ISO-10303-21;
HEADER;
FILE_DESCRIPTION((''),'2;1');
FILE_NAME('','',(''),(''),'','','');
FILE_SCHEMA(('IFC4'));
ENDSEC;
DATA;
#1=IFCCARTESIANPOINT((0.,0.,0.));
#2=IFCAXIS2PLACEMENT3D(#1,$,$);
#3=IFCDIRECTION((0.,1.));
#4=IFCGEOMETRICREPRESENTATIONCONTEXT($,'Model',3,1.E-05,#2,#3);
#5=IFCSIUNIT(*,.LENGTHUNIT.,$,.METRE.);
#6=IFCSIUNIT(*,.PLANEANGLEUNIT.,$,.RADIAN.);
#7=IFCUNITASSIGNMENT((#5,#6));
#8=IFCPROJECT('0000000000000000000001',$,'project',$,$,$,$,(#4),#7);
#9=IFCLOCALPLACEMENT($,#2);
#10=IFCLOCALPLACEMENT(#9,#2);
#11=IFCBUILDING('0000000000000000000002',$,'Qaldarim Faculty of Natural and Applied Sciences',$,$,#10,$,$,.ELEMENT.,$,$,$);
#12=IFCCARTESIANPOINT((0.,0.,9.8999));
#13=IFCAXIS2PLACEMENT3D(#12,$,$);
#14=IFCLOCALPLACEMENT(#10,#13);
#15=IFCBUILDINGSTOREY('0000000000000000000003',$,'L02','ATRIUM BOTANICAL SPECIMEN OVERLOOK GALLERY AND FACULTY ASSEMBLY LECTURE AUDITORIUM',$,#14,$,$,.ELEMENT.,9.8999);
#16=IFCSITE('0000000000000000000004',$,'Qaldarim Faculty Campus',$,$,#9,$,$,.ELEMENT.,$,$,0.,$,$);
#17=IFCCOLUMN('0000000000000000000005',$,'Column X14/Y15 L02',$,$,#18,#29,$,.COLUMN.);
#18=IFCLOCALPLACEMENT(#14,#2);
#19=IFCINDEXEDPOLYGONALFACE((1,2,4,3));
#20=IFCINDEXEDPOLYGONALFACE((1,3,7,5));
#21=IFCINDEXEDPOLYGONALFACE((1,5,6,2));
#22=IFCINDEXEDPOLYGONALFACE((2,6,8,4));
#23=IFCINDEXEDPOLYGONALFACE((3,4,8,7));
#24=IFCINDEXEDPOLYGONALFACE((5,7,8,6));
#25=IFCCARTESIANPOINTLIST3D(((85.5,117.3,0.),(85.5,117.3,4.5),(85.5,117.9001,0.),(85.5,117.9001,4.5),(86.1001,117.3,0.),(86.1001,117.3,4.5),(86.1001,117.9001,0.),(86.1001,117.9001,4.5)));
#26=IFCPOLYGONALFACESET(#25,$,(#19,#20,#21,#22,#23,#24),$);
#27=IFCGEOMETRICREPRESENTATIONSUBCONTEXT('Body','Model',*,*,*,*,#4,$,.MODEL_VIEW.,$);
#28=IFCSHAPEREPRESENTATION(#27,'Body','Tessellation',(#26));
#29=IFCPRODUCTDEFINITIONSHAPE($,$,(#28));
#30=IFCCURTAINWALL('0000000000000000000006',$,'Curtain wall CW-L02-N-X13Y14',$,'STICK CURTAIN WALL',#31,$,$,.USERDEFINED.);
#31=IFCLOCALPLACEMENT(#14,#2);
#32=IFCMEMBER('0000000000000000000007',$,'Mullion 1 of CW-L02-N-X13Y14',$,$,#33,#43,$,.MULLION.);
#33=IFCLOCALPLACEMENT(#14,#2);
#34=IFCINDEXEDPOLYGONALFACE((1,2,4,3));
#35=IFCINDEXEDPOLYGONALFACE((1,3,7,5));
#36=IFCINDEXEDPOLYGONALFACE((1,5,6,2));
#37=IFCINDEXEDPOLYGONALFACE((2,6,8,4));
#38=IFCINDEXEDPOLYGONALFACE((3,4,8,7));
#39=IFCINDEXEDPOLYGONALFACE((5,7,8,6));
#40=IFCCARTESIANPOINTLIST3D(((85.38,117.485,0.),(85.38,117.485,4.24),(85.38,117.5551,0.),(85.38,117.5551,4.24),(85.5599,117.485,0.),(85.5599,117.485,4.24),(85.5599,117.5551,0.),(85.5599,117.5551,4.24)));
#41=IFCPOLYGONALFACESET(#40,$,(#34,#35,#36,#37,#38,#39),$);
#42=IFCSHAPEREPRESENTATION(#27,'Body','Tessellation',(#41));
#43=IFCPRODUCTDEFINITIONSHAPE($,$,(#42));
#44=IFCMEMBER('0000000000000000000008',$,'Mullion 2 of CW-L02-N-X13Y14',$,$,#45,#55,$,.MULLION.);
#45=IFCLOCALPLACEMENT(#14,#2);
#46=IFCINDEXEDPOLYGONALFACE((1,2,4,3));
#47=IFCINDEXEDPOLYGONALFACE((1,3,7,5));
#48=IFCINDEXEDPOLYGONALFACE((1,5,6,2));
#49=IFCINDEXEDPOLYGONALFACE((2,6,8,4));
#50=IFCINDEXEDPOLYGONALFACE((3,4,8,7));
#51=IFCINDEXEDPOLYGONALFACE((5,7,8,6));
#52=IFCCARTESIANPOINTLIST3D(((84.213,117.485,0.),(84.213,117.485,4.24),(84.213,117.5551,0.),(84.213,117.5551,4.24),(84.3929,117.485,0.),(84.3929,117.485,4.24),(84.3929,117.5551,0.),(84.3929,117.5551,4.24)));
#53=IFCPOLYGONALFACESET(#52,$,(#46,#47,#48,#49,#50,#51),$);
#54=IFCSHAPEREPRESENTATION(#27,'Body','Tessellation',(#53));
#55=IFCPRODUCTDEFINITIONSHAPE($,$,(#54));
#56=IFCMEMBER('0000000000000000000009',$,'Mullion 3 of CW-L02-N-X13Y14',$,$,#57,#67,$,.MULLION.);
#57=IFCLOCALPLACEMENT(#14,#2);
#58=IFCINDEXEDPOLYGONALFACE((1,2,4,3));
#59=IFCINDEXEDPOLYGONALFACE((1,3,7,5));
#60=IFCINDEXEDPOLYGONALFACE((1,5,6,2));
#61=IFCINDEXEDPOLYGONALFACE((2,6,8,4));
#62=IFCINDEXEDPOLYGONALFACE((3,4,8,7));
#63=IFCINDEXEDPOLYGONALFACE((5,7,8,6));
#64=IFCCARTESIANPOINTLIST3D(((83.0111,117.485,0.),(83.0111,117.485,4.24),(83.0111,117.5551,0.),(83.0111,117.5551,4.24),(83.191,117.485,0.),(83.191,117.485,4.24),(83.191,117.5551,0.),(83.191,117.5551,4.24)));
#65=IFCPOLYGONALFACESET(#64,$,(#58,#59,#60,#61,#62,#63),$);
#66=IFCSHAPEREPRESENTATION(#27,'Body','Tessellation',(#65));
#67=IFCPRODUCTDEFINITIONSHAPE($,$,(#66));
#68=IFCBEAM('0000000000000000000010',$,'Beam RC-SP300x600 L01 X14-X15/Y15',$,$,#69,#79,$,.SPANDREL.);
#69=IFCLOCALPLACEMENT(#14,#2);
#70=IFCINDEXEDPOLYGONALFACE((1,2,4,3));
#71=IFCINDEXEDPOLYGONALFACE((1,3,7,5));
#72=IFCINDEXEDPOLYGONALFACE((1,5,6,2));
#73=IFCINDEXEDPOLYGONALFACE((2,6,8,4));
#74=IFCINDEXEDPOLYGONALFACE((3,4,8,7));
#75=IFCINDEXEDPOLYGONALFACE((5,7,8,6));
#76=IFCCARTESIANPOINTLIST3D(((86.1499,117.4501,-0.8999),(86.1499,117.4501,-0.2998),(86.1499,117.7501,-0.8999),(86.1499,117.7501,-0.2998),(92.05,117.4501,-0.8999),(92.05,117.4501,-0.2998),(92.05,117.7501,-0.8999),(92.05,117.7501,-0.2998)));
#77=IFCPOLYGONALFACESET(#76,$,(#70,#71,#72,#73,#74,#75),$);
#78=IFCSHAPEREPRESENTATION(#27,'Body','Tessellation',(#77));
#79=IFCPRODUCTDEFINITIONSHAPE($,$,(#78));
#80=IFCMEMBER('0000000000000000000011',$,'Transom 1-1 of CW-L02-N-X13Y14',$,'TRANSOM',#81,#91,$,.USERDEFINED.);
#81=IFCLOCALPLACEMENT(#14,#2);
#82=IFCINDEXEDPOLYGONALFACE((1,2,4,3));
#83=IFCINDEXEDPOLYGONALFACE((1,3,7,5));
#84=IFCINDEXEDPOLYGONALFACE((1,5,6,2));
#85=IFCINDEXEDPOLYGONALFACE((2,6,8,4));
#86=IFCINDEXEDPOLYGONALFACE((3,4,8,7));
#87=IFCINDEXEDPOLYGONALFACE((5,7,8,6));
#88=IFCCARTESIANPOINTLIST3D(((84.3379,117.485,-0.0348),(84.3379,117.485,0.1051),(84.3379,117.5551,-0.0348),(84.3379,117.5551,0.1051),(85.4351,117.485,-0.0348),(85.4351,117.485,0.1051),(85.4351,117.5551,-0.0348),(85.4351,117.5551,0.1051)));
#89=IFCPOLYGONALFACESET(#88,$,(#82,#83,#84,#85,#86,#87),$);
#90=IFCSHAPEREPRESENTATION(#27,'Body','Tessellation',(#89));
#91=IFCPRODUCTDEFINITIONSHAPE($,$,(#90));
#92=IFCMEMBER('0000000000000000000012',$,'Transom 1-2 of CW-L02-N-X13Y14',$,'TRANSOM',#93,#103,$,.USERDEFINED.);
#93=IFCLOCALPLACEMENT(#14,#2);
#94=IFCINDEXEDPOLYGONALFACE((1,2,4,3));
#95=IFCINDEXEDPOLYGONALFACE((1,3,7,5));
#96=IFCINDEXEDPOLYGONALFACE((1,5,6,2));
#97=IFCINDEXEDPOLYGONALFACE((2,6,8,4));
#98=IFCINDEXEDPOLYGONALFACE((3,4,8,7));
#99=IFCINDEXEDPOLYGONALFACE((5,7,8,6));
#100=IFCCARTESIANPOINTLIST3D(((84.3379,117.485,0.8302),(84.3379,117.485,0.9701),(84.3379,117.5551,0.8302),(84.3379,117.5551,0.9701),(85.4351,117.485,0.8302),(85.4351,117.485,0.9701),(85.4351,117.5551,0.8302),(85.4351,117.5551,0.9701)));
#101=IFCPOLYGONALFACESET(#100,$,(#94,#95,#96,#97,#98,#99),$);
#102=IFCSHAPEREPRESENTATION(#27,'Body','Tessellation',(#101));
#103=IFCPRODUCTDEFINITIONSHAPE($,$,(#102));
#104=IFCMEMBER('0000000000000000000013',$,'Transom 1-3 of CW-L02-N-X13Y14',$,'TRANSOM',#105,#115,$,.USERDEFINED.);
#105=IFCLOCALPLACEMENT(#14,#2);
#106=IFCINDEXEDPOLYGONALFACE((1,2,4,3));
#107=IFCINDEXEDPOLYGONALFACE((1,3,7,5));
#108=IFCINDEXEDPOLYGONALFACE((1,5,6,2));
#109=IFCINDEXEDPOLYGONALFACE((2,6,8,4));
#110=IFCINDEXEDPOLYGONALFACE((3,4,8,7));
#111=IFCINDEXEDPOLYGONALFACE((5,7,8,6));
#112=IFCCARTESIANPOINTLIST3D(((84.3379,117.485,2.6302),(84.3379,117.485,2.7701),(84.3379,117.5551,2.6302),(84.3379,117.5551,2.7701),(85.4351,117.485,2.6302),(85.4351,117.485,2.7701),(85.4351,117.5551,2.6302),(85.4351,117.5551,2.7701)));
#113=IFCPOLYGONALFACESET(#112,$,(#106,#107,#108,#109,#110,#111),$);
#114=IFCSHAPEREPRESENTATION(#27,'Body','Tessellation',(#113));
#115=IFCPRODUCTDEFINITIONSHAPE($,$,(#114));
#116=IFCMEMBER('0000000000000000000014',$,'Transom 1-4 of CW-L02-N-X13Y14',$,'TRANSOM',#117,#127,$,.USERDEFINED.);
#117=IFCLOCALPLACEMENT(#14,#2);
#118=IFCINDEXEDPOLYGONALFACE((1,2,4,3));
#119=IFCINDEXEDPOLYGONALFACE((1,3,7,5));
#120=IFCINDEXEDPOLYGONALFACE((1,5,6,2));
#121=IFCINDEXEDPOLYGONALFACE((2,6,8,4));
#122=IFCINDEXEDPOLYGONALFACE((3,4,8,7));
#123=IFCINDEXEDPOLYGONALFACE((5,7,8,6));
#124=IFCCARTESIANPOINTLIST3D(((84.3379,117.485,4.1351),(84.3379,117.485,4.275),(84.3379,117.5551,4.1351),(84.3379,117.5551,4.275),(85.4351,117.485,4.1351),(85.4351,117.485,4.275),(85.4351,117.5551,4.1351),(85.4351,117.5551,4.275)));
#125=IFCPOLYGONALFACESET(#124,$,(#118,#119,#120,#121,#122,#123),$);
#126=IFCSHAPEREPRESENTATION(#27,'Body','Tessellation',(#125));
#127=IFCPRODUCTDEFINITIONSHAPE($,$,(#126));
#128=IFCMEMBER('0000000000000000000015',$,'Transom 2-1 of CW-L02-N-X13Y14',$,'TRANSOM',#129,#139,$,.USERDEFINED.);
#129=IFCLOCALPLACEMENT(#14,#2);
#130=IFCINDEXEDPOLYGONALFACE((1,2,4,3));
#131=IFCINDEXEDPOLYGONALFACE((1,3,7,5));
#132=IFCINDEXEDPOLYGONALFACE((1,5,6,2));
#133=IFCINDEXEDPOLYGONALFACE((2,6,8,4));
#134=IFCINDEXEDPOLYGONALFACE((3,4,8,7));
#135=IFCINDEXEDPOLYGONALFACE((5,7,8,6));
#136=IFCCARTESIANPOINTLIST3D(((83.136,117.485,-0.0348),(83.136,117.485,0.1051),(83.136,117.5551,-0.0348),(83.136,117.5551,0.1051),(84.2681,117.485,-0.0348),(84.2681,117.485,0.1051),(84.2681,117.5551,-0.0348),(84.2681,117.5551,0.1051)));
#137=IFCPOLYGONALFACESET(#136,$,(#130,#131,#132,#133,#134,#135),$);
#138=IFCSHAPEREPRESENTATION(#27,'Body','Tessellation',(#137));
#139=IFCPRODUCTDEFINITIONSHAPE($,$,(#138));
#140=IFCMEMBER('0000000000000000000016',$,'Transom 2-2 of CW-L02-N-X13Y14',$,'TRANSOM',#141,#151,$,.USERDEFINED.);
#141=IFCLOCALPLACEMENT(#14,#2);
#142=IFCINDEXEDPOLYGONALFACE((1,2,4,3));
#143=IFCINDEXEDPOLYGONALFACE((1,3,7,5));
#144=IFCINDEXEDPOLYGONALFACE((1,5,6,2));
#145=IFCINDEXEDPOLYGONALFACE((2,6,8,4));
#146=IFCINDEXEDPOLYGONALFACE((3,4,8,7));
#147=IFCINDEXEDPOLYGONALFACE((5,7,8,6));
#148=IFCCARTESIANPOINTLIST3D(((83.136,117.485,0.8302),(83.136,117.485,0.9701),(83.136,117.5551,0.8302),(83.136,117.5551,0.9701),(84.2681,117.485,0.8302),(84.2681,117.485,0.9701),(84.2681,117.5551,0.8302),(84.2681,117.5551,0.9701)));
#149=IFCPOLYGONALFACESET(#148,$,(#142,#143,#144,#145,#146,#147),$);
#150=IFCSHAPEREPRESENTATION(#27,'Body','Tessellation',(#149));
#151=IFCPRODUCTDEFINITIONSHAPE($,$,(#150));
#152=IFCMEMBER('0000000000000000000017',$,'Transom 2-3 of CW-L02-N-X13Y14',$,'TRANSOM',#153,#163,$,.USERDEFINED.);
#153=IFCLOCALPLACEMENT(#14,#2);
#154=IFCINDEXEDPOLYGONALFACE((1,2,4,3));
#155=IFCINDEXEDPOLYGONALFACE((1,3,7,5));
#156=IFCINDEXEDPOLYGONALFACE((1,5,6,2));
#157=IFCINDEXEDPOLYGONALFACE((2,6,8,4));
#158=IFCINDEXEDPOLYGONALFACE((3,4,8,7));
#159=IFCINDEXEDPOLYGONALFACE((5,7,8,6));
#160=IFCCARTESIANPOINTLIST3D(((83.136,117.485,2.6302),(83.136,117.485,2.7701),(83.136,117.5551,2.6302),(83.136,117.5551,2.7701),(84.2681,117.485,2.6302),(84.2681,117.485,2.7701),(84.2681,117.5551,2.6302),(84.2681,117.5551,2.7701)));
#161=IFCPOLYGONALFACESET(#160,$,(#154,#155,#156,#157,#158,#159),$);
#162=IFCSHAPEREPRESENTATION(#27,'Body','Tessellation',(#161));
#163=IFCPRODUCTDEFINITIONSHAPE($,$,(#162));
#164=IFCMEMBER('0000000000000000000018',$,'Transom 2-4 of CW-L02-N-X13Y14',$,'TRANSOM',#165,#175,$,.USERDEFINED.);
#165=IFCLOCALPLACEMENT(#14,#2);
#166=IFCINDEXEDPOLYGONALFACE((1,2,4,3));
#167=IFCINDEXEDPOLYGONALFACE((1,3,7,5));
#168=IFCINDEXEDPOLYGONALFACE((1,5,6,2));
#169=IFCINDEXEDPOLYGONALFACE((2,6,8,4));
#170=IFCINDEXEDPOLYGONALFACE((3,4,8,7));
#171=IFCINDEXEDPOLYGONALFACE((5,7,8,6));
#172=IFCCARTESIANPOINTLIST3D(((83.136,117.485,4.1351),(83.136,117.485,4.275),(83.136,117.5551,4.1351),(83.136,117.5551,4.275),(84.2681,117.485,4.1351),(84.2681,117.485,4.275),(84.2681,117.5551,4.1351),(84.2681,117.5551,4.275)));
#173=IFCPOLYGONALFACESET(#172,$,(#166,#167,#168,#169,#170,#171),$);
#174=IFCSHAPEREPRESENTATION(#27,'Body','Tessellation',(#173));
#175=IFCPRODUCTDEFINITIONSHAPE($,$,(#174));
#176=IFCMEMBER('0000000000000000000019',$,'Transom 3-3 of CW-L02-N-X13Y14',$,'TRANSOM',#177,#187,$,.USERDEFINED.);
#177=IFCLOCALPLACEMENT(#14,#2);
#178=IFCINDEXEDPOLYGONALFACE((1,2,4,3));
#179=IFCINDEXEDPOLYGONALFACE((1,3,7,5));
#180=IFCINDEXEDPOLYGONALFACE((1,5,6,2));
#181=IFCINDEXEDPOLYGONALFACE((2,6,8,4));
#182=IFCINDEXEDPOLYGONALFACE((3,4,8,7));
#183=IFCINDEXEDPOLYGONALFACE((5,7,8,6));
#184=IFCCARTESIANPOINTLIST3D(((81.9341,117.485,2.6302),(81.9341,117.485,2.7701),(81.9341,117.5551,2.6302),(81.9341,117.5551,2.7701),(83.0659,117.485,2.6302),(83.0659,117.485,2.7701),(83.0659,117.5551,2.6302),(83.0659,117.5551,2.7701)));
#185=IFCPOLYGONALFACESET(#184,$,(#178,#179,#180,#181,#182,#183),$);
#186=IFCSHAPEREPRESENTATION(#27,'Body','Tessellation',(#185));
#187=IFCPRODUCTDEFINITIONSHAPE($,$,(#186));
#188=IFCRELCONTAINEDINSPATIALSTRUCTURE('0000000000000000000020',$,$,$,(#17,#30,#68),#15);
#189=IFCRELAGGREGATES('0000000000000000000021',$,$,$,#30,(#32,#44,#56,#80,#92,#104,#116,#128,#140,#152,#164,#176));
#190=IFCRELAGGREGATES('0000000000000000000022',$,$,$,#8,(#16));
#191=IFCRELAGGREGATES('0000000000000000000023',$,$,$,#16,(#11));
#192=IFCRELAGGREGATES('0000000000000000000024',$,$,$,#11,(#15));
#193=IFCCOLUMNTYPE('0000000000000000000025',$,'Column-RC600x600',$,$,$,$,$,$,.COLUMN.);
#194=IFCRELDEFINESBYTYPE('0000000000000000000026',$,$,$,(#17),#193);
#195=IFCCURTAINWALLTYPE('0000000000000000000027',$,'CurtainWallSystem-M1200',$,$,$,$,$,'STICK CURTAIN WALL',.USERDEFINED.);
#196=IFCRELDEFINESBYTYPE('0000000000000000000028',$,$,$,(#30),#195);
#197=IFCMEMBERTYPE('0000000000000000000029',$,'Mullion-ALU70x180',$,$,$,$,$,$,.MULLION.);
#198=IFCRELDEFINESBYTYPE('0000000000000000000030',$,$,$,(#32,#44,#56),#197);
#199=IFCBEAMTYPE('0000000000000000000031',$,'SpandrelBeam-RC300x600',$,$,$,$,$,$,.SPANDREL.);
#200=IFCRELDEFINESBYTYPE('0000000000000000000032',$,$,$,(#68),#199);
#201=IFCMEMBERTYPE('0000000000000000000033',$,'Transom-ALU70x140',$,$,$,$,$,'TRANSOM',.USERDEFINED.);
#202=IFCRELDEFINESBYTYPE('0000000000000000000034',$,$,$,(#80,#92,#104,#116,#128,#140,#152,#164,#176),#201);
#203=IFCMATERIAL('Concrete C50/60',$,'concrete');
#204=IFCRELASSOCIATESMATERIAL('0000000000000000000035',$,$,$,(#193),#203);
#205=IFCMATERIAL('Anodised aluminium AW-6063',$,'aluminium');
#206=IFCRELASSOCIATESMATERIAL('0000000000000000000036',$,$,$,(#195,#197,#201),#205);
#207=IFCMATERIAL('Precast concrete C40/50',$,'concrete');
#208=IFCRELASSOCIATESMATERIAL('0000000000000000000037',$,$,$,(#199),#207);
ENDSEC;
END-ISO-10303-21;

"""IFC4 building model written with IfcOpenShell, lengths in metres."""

from ifc_helpers import new_model, si_unit, direction, frame, origin, origin_2d, place, context, subcontext, project, spatial, rectangle, extrude, material, material_profile, profile_set, type_object, element, aggregate, save


model = new_model("IFC4")

# Units and contexts
model_context = context("Model", 3, precision=1e-05, world=origin(), true_north=direction((0.0, 1.0)))
body_context = subcontext(model_context, "Body", "Model", "MODEL_VIEW")
ifc_project = project(units=[si_unit("LENGTHUNIT", "METRE"), si_unit("PLANEANGLEUNIT", "RADIAN")], contexts=[model_context])

# Site, building, storey
site_placement = place(None, origin())
site = spatial("IfcSite", under=ifc_project, at=site_placement, Name="Qaldarim Faculty Campus", CompositionType="ELEMENT", RefElevation=0.0)
building_placement = place(site_placement, origin())
building = spatial("IfcBuilding", under=site, at=building_placement, Name="Qaldarim Faculty of Natural and Applied Sciences", CompositionType="ELEMENT")
storey_placement = place(building_placement, frame((0.0, 0.0, 9.8999)))
storey = spatial("IfcBuildingStorey", under=building, at=storey_placement, Name="L02", Description="ATRIUM BOTANICAL SPECIMEN OVERLOOK GALLERY AND FACULTY ASSEMBLY LECTURE AUDITORIUM", CompositionType="ELEMENT", Elevation=9.8999)

# Column
ifc_material_1 = material(Name="Concrete C50/60", Category="concrete")
ifc_material_profile_1 = material_profile(ifc_material_1, rectangle(XDim=0.6001, YDim=0.6001, at=origin_2d()), Name="RC-C600x600")
ifc_profile_set_1 = profile_set([ifc_material_profile_1], Name="Concrete C50/60")
column_type = type_object("IfcColumnType", Name="Column-RC600x600", PredefinedType="COLUMN", material=ifc_profile_set_1)
column_placement = place(storey_placement, frame((85.8, 117.6001, 0.0), z_axis=(0.0, 0.0, 1.0), x_axis=(1.0, 0.0, 0.0)))
element("IfcColumn", 1, at=column_placement, inside=storey, type_object=column_type, Name="Column X14/Y15 L02", PredefinedType="COLUMN", context=body_context, shape_type="SweptSolid", body=[
    extrude(rectangle(XDim=0.6001, YDim=0.6001, at=origin_2d()), origin(), (0.0, 0.0, 1.0), 4.5),
])

# Curtain wall, members
ifc_material_2 = material(Name="Anodised aluminium AW-6063", Category="aluminium")
curtain_wall_type = type_object("IfcCurtainWallType", Name="CurtainWallSystem-M1200", ElementType="STICK CURTAIN WALL", PredefinedType="USERDEFINED", material=ifc_material_2)
curtain_wall_placement = place(storey_placement, origin())
curtain_wall = element("IfcCurtainWall", 2, at=curtain_wall_placement, inside=storey, type_object=curtain_wall_type, Name="Curtain wall CW-L02-N-X13Y14", ObjectType="STICK CURTAIN WALL", PredefinedType="USERDEFINED")
ifc_material_profile_2 = material_profile(ifc_material_2, rectangle(XDim=0.0701, YDim=0.1799, at=origin_2d()), Name="ALU-M70x180")
ifc_profile_set_2 = profile_set([ifc_material_profile_2], Name="Anodised aluminium AW-6063")
member_type_1 = type_object("IfcMemberType", Name="Mullion-ALU70x180", PredefinedType="MULLION", material=ifc_profile_set_2)
member_1_placement = place(storey_placement, frame((85.47, 117.52, 0.0), z_axis=(0.0, 0.0, 1.0), x_axis=(0.0, -1.0, 0.0)))
member_1 = element("IfcMember", 3, at=member_1_placement, type_object=member_type_1, Name="Mullion 1 of CW-L02-N-X13Y14", PredefinedType="MULLION", context=body_context, shape_type="SweptSolid", body=[
    extrude(rectangle(XDim=0.0701, YDim=0.1799, at=origin_2d()), origin(), (0.0, 0.0, 1.0), 4.24),
])
member_2_placement = place(storey_placement, frame((84.303, 117.52, 0.0), z_axis=(0.0, 0.0, 1.0), x_axis=(0.0, -1.0, 0.0)))
member_2 = element("IfcMember", 4, at=member_2_placement, type_object=member_type_1, Name="Mullion 2 of CW-L02-N-X13Y14", PredefinedType="MULLION", context=body_context, shape_type="SweptSolid", body=[
    extrude(rectangle(XDim=0.0701, YDim=0.1799, at=origin_2d()), origin(), (0.0, 0.0, 1.0), 4.24),
])
member_3_placement = place(storey_placement, frame((83.1011, 117.52, 0.0), z_axis=(0.0, 0.0, 1.0), x_axis=(0.0, -1.0, 0.0)))
member_3 = element("IfcMember", 5, at=member_3_placement, type_object=member_type_1, Name="Mullion 3 of CW-L02-N-X13Y14", PredefinedType="MULLION", context=body_context, shape_type="SweptSolid", body=[
    extrude(rectangle(XDim=0.0701, YDim=0.1799, at=origin_2d()), origin(), (0.0, 0.0, 1.0), 4.24),
])

# Beam
ifc_material_3 = material(Name="Precast concrete C40/50", Category="concrete")
ifc_material_profile_3 = material_profile(ifc_material_3, rectangle(XDim=0.3, YDim=0.6001, at=origin_2d()), Name="RC-SP300x600")
ifc_profile_set_3 = profile_set([ifc_material_profile_3], Name="Precast concrete C40/50")
beam_type = type_object("IfcBeamType", Name="SpandrelBeam-RC300x600", PredefinedType="SPANDREL", material=ifc_profile_set_3)
beam_placement = place(storey_placement, frame((86.1499, 117.6001, -0.5999), z_axis=(1.0, 0.0, 0.0), x_axis=(0.0, 1.0, 0.0)))
element("IfcBeam", 6, at=beam_placement, inside=storey, type_object=beam_type, Name="Beam RC-SP300x600 L01 X14-X15/Y15", PredefinedType="SPANDREL", context=body_context, shape_type="SweptSolid", body=[
    extrude(rectangle(XDim=0.3, YDim=0.6001, at=origin_2d()), origin(), (0.0, 0.0, 1.0), 5.9001),
])

# Members
ifc_material_profile_4 = material_profile(ifc_material_2, rectangle(XDim=0.0701, YDim=0.1399, at=origin_2d()), Name="ALU-T70x140")
ifc_profile_set_4 = profile_set([ifc_material_profile_4], Name="Anodised aluminium AW-6063")
member_type_2 = type_object("IfcMemberType", Name="Transom-ALU70x140", ElementType="TRANSOM", PredefinedType="USERDEFINED", material=ifc_profile_set_4)
member_4_placement = place(storey_placement, frame((85.4351, 117.52, 0.0352), z_axis=(-1.0, 0.0, 0.0), x_axis=(0.0, -1.0, 0.0)))
member_4 = element("IfcMember", 7, at=member_4_placement, type_object=member_type_2, Name="Transom 1-1 of CW-L02-N-X13Y14", ObjectType="TRANSOM", PredefinedType="USERDEFINED", context=body_context, shape_type="SweptSolid", body=[
    extrude(rectangle(XDim=0.0701, YDim=0.1399, at=origin_2d()), origin(), (0.0, 0.0, 1.0), 1.0972),
])
member_5_placement = place(storey_placement, frame((85.4351, 117.52, 0.9001), z_axis=(-1.0, 0.0, 0.0), x_axis=(0.0, -1.0, 0.0)))
member_5 = element("IfcMember", 8, at=member_5_placement, type_object=member_type_2, Name="Transom 1-2 of CW-L02-N-X13Y14", ObjectType="TRANSOM", PredefinedType="USERDEFINED", context=body_context, shape_type="SweptSolid", body=[
    extrude(rectangle(XDim=0.0701, YDim=0.1399, at=origin_2d()), origin(), (0.0, 0.0, 1.0), 1.0972),
])
member_6_placement = place(storey_placement, frame((85.4351, 117.52, 2.7002), z_axis=(-1.0, 0.0, 0.0), x_axis=(0.0, -1.0, 0.0)))
member_6 = element("IfcMember", 9, at=member_6_placement, type_object=member_type_2, Name="Transom 1-3 of CW-L02-N-X13Y14", ObjectType="TRANSOM", PredefinedType="USERDEFINED", context=body_context, shape_type="SweptSolid", body=[
    extrude(rectangle(XDim=0.0701, YDim=0.1399, at=origin_2d()), origin(), (0.0, 0.0, 1.0), 1.0972),
])
member_7_placement = place(storey_placement, frame((85.4351, 117.52, 4.2051), z_axis=(-1.0, 0.0, 0.0), x_axis=(0.0, -1.0, 0.0)))
member_7 = element("IfcMember", 10, at=member_7_placement, type_object=member_type_2, Name="Transom 1-4 of CW-L02-N-X13Y14", ObjectType="TRANSOM", PredefinedType="USERDEFINED", context=body_context, shape_type="SweptSolid", body=[
    extrude(rectangle(XDim=0.0701, YDim=0.1399, at=origin_2d()), origin(), (0.0, 0.0, 1.0), 1.0972),
])
member_8_placement = place(storey_placement, frame((84.2681, 117.52, 0.0352), z_axis=(-1.0, 0.0, 0.0), x_axis=(0.0, -1.0, 0.0)))
member_8 = element("IfcMember", 11, at=member_8_placement, type_object=member_type_2, Name="Transom 2-1 of CW-L02-N-X13Y14", ObjectType="TRANSOM", PredefinedType="USERDEFINED", context=body_context, shape_type="SweptSolid", body=[
    extrude(rectangle(XDim=0.0701, YDim=0.1399, at=origin_2d()), origin(), (0.0, 0.0, 1.0), 1.1321),
])
member_9_placement = place(storey_placement, frame((84.2681, 117.52, 0.9001), z_axis=(-1.0, 0.0, 0.0), x_axis=(0.0, -1.0, 0.0)))
member_9 = element("IfcMember", 12, at=member_9_placement, type_object=member_type_2, Name="Transom 2-2 of CW-L02-N-X13Y14", ObjectType="TRANSOM", PredefinedType="USERDEFINED", context=body_context, shape_type="SweptSolid", body=[
    extrude(rectangle(XDim=0.0701, YDim=0.1399, at=origin_2d()), origin(), (0.0, 0.0, 1.0), 1.1321),
])
member_10_placement = place(storey_placement, frame((84.2681, 117.52, 2.7002), z_axis=(-1.0, 0.0, 0.0), x_axis=(0.0, -1.0, 0.0)))
member_10 = element("IfcMember", 13, at=member_10_placement, type_object=member_type_2, Name="Transom 2-3 of CW-L02-N-X13Y14", ObjectType="TRANSOM", PredefinedType="USERDEFINED", context=body_context, shape_type="SweptSolid", body=[
    extrude(rectangle(XDim=0.0701, YDim=0.1399, at=origin_2d()), origin(), (0.0, 0.0, 1.0), 1.1321),
])
member_11_placement = place(storey_placement, frame((84.2681, 117.52, 4.2051), z_axis=(-1.0, 0.0, 0.0), x_axis=(0.0, -1.0, 0.0)))
member_11 = element("IfcMember", 14, at=member_11_placement, type_object=member_type_2, Name="Transom 2-4 of CW-L02-N-X13Y14", ObjectType="TRANSOM", PredefinedType="USERDEFINED", context=body_context, shape_type="SweptSolid", body=[
    extrude(rectangle(XDim=0.0701, YDim=0.1399, at=origin_2d()), origin(), (0.0, 0.0, 1.0), 1.1321),
])
member_12_placement = place(storey_placement, frame((83.0659, 117.52, 2.7002), z_axis=(-1.0, 0.0, 0.0), x_axis=(0.0, -1.0, 0.0)))
member_12 = element("IfcMember", 15, at=member_12_placement, type_object=member_type_2, Name="Transom 3-3 of CW-L02-N-X13Y14", ObjectType="TRANSOM", PredefinedType="USERDEFINED", context=body_context, shape_type="SweptSolid", body=[
    extrude(rectangle(XDim=0.0701, YDim=0.1399, at=origin_2d()), origin(), (0.0, 0.0, 1.0), 1.1318),
])

aggregate(curtain_wall, [member_1, member_2, member_3, member_4, member_5, member_6, member_7, member_8, member_9, member_10, member_11, member_12])

save(model, "model.ifc")
